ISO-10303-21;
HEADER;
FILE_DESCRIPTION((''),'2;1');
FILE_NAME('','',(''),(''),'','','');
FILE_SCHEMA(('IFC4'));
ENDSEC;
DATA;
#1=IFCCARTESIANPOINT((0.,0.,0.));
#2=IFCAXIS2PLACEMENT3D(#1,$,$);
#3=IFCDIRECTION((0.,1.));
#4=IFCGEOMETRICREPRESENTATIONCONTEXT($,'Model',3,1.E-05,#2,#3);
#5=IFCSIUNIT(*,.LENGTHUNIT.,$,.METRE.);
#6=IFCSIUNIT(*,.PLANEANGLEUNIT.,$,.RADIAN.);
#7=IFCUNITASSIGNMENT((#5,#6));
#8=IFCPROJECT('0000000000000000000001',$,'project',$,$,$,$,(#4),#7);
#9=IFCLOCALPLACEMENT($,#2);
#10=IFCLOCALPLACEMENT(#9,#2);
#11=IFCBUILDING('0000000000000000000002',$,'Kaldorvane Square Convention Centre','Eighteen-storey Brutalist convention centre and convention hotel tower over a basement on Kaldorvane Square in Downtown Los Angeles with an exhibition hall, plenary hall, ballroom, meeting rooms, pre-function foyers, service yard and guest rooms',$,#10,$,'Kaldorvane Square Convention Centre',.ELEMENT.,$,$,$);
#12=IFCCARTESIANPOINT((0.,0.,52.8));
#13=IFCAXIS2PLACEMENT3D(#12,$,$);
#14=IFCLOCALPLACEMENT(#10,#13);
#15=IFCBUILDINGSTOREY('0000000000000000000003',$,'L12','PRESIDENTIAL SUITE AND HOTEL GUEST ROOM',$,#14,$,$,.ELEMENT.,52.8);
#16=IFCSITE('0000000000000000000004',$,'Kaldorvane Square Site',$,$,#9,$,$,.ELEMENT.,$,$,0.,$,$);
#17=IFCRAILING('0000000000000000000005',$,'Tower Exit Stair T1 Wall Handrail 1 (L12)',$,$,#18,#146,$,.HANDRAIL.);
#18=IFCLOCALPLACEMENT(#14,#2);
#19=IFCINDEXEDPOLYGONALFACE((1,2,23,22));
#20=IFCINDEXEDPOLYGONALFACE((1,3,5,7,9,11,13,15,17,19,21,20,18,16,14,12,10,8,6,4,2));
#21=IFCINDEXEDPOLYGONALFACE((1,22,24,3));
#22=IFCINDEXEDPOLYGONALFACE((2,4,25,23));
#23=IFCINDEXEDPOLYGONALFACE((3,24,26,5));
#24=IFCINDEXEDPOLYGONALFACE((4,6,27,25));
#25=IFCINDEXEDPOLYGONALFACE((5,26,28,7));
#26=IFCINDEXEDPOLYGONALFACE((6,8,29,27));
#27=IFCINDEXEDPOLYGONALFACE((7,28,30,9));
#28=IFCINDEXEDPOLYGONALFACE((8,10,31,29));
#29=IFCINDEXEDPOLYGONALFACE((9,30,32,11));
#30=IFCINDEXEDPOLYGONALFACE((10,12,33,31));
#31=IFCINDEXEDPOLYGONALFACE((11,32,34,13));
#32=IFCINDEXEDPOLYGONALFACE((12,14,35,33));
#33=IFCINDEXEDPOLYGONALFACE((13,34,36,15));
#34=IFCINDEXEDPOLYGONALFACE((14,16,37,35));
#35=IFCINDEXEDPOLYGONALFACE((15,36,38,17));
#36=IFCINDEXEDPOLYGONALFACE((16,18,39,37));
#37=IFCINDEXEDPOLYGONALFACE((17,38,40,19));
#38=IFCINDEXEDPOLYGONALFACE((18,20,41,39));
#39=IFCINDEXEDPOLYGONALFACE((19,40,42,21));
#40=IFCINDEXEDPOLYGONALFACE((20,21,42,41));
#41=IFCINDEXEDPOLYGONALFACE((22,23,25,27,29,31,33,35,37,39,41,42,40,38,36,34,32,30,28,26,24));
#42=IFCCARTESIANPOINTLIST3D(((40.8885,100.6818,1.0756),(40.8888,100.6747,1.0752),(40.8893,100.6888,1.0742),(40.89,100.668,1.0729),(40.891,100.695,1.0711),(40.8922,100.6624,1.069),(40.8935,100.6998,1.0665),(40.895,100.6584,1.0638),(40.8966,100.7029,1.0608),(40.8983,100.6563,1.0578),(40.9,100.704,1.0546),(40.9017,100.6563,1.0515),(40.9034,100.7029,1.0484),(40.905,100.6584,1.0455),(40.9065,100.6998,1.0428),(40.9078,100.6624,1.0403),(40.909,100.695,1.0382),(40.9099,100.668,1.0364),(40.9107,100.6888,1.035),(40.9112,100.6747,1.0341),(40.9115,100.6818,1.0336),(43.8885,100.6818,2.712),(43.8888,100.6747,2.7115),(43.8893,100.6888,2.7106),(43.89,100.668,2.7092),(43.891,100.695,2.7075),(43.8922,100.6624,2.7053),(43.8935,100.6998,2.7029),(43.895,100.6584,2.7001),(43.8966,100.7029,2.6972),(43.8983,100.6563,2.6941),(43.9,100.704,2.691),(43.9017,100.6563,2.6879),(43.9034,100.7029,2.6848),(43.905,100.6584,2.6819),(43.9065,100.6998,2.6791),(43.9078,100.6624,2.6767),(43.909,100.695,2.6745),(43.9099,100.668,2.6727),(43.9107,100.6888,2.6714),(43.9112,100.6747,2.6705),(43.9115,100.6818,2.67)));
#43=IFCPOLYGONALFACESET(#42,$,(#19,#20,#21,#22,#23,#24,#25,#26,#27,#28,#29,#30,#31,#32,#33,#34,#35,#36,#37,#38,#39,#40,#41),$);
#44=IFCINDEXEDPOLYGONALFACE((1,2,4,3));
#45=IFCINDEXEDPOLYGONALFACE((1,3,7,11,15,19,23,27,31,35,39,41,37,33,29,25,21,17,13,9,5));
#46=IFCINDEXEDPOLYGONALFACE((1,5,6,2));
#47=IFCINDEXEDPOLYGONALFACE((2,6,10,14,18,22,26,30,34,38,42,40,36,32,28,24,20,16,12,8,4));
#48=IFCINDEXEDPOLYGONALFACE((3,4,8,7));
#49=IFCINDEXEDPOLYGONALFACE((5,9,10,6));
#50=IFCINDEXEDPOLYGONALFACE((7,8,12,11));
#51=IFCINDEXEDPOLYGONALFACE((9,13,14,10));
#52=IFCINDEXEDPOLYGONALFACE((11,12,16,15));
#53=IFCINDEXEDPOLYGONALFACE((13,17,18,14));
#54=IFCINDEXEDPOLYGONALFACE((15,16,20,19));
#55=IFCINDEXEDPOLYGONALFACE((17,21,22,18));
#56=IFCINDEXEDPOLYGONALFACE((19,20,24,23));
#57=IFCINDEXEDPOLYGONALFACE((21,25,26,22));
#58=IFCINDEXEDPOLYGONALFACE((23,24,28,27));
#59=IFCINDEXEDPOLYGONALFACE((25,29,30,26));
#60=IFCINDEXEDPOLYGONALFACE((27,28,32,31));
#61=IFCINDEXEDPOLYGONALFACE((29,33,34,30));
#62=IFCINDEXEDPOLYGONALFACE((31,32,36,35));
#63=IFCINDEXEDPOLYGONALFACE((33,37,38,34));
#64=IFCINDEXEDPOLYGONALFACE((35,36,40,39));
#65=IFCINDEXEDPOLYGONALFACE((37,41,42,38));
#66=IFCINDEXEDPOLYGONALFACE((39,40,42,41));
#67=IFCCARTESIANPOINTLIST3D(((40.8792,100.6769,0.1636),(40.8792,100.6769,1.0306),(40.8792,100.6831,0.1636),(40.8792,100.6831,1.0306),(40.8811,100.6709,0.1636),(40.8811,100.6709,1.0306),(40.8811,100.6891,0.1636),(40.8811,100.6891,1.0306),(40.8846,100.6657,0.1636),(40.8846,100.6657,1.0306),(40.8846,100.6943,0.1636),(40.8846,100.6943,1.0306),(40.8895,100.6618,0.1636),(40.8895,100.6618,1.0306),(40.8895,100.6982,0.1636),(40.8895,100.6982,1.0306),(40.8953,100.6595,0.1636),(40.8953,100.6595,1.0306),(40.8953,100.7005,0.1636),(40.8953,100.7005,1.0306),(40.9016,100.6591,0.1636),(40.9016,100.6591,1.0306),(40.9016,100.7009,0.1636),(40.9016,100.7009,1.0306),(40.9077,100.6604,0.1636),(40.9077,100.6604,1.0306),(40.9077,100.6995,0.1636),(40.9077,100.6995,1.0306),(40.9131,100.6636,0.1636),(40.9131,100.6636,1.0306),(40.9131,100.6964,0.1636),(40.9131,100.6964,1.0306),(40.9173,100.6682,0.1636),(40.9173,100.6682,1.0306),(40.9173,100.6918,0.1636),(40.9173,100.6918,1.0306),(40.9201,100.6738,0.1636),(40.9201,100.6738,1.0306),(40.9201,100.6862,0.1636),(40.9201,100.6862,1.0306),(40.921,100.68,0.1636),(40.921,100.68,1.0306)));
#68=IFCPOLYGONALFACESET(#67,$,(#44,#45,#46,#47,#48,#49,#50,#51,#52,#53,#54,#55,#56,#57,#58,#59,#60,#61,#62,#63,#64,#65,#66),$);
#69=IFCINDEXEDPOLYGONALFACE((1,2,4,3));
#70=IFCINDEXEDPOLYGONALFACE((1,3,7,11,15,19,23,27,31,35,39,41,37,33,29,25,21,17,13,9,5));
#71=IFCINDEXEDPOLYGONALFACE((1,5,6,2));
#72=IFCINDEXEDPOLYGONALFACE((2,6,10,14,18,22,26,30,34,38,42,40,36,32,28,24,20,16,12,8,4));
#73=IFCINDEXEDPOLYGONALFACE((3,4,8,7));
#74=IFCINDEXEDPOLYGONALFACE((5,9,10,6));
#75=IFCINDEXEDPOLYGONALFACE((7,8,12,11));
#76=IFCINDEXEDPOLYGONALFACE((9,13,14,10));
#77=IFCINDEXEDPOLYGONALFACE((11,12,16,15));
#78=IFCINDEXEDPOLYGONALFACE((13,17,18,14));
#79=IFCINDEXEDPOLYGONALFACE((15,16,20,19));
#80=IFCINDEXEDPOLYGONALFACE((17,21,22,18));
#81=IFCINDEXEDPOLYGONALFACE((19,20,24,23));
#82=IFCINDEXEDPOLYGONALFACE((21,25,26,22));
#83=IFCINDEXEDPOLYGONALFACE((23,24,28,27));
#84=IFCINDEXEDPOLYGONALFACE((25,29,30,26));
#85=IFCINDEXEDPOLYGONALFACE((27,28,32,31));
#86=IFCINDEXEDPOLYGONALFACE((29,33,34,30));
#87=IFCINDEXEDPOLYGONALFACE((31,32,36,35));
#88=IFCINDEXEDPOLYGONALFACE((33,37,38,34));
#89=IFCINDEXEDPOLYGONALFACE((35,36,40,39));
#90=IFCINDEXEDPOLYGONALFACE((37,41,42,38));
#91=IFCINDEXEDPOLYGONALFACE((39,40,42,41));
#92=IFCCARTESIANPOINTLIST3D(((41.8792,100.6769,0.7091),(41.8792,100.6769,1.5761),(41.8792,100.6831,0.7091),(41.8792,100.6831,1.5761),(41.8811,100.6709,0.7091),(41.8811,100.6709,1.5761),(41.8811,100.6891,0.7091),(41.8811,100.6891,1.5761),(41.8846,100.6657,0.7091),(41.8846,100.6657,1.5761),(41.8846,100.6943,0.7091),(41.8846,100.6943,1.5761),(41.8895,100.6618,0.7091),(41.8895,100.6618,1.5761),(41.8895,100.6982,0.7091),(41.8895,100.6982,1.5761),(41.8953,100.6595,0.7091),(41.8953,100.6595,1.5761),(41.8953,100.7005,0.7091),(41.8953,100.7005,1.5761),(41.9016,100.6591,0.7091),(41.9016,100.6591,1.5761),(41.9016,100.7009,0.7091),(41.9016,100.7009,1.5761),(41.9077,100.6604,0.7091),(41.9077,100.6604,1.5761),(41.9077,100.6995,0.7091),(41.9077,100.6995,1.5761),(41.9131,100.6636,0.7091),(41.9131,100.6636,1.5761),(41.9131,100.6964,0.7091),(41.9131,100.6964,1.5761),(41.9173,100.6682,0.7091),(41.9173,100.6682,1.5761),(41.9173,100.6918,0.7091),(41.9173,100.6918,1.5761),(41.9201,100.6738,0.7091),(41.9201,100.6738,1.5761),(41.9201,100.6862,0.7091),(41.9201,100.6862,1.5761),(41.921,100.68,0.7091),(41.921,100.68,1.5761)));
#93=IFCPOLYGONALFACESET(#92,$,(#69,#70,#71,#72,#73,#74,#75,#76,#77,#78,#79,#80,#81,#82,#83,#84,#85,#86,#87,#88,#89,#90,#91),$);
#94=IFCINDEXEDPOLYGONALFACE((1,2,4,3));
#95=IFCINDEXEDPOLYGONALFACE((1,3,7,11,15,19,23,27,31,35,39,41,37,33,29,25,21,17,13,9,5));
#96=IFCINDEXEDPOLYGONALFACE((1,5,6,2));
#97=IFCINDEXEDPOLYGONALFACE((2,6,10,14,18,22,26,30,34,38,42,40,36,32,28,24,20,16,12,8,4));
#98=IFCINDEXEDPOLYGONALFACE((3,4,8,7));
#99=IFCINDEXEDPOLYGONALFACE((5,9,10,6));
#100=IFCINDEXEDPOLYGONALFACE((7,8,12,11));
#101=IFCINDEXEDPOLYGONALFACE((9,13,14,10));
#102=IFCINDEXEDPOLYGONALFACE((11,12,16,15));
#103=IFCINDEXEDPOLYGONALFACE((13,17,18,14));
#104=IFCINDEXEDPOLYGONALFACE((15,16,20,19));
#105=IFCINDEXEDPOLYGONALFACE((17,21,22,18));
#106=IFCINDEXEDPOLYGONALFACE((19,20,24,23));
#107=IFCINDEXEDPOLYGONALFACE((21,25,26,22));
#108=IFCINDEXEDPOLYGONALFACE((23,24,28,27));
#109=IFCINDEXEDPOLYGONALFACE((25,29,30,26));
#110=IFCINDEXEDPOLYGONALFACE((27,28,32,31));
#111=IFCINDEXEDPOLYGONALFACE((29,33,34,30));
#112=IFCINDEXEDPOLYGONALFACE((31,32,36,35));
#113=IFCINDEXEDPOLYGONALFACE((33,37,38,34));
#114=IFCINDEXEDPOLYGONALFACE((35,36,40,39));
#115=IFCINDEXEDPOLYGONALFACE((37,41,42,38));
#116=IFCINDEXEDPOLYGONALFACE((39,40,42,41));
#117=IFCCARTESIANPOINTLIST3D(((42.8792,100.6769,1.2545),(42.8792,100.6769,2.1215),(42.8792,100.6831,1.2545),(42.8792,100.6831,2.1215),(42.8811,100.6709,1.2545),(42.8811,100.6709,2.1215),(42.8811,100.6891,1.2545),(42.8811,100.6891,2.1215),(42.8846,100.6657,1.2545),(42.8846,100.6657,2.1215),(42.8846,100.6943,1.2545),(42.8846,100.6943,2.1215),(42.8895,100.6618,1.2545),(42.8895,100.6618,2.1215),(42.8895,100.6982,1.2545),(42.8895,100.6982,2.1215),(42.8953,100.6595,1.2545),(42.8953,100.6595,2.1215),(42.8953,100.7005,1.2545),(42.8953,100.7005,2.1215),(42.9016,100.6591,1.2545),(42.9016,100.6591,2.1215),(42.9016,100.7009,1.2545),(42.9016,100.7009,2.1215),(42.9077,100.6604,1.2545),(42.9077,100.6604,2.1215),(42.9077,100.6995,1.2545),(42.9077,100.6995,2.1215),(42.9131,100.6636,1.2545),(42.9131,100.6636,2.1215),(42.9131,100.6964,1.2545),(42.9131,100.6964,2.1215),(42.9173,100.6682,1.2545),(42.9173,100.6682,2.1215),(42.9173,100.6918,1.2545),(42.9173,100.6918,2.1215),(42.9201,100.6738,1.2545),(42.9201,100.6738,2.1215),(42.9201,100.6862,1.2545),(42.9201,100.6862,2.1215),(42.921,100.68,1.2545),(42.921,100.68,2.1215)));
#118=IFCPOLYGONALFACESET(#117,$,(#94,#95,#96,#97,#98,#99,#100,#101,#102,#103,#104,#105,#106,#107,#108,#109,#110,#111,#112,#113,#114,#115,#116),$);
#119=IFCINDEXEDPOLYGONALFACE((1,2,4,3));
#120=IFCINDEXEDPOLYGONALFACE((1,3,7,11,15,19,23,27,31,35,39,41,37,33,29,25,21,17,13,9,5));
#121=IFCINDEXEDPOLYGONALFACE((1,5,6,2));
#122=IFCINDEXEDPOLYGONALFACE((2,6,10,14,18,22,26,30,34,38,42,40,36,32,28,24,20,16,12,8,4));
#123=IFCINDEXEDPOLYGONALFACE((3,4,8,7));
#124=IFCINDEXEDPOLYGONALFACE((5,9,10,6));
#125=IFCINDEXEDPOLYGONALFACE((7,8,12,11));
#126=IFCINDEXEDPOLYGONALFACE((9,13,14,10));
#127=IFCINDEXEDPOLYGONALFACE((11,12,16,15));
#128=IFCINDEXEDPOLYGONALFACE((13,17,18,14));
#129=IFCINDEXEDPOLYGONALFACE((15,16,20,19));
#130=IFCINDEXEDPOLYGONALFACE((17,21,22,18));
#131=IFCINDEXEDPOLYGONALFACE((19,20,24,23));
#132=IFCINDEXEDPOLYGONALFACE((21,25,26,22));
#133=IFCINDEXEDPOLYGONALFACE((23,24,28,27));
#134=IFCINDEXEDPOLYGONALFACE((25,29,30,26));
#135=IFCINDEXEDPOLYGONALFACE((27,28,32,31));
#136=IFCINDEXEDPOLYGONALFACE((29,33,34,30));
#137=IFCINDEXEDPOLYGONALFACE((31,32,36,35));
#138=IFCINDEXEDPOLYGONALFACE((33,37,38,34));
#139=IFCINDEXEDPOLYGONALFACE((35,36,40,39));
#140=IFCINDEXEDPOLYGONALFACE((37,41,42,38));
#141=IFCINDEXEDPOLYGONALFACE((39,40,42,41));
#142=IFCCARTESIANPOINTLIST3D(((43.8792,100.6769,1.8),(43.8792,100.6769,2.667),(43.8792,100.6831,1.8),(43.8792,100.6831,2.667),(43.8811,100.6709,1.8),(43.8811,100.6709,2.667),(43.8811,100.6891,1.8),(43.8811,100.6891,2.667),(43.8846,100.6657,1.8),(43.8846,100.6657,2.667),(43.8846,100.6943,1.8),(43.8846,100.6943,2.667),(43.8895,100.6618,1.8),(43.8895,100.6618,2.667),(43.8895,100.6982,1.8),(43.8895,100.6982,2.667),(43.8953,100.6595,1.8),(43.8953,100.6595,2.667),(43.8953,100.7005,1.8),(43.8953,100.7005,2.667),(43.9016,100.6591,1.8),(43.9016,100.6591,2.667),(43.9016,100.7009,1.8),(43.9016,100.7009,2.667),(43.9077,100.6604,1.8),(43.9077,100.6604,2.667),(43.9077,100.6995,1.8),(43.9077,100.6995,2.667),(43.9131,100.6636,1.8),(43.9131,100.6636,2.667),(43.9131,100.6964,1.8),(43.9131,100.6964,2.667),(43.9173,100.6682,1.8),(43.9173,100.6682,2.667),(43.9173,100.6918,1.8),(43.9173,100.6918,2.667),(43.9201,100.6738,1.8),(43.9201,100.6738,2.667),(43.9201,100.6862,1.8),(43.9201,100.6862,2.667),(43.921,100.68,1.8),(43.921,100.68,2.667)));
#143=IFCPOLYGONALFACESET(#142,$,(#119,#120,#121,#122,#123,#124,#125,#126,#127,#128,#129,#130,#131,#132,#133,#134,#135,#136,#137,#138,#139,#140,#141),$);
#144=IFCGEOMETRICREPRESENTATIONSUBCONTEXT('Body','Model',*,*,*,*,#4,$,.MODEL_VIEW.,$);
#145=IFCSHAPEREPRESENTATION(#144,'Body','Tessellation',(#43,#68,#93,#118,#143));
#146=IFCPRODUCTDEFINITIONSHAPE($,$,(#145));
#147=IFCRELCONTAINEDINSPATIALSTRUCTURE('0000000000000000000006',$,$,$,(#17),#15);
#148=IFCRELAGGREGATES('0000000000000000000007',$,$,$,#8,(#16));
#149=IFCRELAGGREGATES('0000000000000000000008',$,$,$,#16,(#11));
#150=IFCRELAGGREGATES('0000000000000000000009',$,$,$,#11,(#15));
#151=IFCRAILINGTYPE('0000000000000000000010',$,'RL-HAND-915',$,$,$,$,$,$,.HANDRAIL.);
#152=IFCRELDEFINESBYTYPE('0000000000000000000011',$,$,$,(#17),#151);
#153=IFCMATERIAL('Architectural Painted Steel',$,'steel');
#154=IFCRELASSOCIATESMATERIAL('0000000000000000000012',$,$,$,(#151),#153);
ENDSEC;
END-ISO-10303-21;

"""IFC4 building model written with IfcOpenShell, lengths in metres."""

from ifc_helpers import new_model, si_unit, direction, frame, origin, origin_2d, place, context, subcontext, project, spatial, circle, extrude, material, type_object, element, save


model = new_model("IFC4")

# Units and contexts
model_context = context("Model", 3, precision=1e-05, world=origin(), true_north=direction((0.0, 1.0)))
body_context = subcontext(model_context, "Body", "Model", "MODEL_VIEW")
ifc_project = project(units=[si_unit("LENGTHUNIT", "METRE"), si_unit("PLANEANGLEUNIT", "RADIAN")], contexts=[model_context])

# Site, building, storey
site_placement = place(None, origin())
site = spatial("IfcSite", under=ifc_project, at=site_placement, Name="Kaldorvane Square Site", CompositionType="ELEMENT", RefElevation=0.0)
building_placement = place(site_placement, origin())
building = spatial("IfcBuilding", under=site, at=building_placement, Name="Kaldorvane Square Convention Centre", Description="Eighteen-storey Brutalist convention centre and convention hotel tower over a basement on Kaldorvane Square in Downtown Los Angeles with an exhibition hall, plenary hall, ballroom, meeting rooms, pre-function foyers, service yard and guest rooms", LongName="Kaldorvane Square Convention Centre", CompositionType="ELEMENT")
storey_placement = place(building_placement, frame((0.0, 0.0, 52.8)))
storey = spatial("IfcBuildingStorey", under=building, at=storey_placement, Name="L12", Description="PRESIDENTIAL SUITE AND HOTEL GUEST ROOM", CompositionType="ELEMENT", Elevation=52.8)

# Railing
ifc_material_1 = material(Name="Architectural Painted Steel", Category="steel")
railing_type_1 = type_object("IfcRailingType", Name="RL-HAND-915", PredefinedType="HANDRAIL", material=ifc_material_1)
for number, where, name in (
    (1, (40.9, 100.68, 0.1636), "Tower Exit Stair T1 Wall Handrail 1 (L12)"),
):
    element("IfcRailing", number, at=place(storey_placement, frame(where)), inside=storey, type_object=railing_type_1, Name=name, PredefinedType="HANDRAIL", context=body_context, shape_type="SweptSolid", body=[
        extrude(circle(Radius=0.024, at=origin_2d()), frame((0.0, 0.0, 0.891), z_axis=(0.877895, 0.0, 0.478853), x_axis=(0.0, 1.0, 0.0)), (0.0, 0.0, 1.0), 3.4173),
        extrude(circle(Radius=0.021, at=origin_2d()), origin(), (0.0, 0.0, 1.0), 0.867),
        extrude(circle(Radius=0.021, at=origin_2d()), frame((1.0, 0.0, 0.5455)), (0.0, 0.0, 1.0), 0.867),
        extrude(circle(Radius=0.021, at=origin_2d()), frame((2.0, 0.0, 1.0909)), (0.0, 0.0, 1.0), 0.867),
        extrude(circle(Radius=0.021, at=origin_2d()), frame((3.0, 0.0, 1.6364)), (0.0, 0.0, 1.0), 0.867),
    ])

save(model, "model.ifc")
